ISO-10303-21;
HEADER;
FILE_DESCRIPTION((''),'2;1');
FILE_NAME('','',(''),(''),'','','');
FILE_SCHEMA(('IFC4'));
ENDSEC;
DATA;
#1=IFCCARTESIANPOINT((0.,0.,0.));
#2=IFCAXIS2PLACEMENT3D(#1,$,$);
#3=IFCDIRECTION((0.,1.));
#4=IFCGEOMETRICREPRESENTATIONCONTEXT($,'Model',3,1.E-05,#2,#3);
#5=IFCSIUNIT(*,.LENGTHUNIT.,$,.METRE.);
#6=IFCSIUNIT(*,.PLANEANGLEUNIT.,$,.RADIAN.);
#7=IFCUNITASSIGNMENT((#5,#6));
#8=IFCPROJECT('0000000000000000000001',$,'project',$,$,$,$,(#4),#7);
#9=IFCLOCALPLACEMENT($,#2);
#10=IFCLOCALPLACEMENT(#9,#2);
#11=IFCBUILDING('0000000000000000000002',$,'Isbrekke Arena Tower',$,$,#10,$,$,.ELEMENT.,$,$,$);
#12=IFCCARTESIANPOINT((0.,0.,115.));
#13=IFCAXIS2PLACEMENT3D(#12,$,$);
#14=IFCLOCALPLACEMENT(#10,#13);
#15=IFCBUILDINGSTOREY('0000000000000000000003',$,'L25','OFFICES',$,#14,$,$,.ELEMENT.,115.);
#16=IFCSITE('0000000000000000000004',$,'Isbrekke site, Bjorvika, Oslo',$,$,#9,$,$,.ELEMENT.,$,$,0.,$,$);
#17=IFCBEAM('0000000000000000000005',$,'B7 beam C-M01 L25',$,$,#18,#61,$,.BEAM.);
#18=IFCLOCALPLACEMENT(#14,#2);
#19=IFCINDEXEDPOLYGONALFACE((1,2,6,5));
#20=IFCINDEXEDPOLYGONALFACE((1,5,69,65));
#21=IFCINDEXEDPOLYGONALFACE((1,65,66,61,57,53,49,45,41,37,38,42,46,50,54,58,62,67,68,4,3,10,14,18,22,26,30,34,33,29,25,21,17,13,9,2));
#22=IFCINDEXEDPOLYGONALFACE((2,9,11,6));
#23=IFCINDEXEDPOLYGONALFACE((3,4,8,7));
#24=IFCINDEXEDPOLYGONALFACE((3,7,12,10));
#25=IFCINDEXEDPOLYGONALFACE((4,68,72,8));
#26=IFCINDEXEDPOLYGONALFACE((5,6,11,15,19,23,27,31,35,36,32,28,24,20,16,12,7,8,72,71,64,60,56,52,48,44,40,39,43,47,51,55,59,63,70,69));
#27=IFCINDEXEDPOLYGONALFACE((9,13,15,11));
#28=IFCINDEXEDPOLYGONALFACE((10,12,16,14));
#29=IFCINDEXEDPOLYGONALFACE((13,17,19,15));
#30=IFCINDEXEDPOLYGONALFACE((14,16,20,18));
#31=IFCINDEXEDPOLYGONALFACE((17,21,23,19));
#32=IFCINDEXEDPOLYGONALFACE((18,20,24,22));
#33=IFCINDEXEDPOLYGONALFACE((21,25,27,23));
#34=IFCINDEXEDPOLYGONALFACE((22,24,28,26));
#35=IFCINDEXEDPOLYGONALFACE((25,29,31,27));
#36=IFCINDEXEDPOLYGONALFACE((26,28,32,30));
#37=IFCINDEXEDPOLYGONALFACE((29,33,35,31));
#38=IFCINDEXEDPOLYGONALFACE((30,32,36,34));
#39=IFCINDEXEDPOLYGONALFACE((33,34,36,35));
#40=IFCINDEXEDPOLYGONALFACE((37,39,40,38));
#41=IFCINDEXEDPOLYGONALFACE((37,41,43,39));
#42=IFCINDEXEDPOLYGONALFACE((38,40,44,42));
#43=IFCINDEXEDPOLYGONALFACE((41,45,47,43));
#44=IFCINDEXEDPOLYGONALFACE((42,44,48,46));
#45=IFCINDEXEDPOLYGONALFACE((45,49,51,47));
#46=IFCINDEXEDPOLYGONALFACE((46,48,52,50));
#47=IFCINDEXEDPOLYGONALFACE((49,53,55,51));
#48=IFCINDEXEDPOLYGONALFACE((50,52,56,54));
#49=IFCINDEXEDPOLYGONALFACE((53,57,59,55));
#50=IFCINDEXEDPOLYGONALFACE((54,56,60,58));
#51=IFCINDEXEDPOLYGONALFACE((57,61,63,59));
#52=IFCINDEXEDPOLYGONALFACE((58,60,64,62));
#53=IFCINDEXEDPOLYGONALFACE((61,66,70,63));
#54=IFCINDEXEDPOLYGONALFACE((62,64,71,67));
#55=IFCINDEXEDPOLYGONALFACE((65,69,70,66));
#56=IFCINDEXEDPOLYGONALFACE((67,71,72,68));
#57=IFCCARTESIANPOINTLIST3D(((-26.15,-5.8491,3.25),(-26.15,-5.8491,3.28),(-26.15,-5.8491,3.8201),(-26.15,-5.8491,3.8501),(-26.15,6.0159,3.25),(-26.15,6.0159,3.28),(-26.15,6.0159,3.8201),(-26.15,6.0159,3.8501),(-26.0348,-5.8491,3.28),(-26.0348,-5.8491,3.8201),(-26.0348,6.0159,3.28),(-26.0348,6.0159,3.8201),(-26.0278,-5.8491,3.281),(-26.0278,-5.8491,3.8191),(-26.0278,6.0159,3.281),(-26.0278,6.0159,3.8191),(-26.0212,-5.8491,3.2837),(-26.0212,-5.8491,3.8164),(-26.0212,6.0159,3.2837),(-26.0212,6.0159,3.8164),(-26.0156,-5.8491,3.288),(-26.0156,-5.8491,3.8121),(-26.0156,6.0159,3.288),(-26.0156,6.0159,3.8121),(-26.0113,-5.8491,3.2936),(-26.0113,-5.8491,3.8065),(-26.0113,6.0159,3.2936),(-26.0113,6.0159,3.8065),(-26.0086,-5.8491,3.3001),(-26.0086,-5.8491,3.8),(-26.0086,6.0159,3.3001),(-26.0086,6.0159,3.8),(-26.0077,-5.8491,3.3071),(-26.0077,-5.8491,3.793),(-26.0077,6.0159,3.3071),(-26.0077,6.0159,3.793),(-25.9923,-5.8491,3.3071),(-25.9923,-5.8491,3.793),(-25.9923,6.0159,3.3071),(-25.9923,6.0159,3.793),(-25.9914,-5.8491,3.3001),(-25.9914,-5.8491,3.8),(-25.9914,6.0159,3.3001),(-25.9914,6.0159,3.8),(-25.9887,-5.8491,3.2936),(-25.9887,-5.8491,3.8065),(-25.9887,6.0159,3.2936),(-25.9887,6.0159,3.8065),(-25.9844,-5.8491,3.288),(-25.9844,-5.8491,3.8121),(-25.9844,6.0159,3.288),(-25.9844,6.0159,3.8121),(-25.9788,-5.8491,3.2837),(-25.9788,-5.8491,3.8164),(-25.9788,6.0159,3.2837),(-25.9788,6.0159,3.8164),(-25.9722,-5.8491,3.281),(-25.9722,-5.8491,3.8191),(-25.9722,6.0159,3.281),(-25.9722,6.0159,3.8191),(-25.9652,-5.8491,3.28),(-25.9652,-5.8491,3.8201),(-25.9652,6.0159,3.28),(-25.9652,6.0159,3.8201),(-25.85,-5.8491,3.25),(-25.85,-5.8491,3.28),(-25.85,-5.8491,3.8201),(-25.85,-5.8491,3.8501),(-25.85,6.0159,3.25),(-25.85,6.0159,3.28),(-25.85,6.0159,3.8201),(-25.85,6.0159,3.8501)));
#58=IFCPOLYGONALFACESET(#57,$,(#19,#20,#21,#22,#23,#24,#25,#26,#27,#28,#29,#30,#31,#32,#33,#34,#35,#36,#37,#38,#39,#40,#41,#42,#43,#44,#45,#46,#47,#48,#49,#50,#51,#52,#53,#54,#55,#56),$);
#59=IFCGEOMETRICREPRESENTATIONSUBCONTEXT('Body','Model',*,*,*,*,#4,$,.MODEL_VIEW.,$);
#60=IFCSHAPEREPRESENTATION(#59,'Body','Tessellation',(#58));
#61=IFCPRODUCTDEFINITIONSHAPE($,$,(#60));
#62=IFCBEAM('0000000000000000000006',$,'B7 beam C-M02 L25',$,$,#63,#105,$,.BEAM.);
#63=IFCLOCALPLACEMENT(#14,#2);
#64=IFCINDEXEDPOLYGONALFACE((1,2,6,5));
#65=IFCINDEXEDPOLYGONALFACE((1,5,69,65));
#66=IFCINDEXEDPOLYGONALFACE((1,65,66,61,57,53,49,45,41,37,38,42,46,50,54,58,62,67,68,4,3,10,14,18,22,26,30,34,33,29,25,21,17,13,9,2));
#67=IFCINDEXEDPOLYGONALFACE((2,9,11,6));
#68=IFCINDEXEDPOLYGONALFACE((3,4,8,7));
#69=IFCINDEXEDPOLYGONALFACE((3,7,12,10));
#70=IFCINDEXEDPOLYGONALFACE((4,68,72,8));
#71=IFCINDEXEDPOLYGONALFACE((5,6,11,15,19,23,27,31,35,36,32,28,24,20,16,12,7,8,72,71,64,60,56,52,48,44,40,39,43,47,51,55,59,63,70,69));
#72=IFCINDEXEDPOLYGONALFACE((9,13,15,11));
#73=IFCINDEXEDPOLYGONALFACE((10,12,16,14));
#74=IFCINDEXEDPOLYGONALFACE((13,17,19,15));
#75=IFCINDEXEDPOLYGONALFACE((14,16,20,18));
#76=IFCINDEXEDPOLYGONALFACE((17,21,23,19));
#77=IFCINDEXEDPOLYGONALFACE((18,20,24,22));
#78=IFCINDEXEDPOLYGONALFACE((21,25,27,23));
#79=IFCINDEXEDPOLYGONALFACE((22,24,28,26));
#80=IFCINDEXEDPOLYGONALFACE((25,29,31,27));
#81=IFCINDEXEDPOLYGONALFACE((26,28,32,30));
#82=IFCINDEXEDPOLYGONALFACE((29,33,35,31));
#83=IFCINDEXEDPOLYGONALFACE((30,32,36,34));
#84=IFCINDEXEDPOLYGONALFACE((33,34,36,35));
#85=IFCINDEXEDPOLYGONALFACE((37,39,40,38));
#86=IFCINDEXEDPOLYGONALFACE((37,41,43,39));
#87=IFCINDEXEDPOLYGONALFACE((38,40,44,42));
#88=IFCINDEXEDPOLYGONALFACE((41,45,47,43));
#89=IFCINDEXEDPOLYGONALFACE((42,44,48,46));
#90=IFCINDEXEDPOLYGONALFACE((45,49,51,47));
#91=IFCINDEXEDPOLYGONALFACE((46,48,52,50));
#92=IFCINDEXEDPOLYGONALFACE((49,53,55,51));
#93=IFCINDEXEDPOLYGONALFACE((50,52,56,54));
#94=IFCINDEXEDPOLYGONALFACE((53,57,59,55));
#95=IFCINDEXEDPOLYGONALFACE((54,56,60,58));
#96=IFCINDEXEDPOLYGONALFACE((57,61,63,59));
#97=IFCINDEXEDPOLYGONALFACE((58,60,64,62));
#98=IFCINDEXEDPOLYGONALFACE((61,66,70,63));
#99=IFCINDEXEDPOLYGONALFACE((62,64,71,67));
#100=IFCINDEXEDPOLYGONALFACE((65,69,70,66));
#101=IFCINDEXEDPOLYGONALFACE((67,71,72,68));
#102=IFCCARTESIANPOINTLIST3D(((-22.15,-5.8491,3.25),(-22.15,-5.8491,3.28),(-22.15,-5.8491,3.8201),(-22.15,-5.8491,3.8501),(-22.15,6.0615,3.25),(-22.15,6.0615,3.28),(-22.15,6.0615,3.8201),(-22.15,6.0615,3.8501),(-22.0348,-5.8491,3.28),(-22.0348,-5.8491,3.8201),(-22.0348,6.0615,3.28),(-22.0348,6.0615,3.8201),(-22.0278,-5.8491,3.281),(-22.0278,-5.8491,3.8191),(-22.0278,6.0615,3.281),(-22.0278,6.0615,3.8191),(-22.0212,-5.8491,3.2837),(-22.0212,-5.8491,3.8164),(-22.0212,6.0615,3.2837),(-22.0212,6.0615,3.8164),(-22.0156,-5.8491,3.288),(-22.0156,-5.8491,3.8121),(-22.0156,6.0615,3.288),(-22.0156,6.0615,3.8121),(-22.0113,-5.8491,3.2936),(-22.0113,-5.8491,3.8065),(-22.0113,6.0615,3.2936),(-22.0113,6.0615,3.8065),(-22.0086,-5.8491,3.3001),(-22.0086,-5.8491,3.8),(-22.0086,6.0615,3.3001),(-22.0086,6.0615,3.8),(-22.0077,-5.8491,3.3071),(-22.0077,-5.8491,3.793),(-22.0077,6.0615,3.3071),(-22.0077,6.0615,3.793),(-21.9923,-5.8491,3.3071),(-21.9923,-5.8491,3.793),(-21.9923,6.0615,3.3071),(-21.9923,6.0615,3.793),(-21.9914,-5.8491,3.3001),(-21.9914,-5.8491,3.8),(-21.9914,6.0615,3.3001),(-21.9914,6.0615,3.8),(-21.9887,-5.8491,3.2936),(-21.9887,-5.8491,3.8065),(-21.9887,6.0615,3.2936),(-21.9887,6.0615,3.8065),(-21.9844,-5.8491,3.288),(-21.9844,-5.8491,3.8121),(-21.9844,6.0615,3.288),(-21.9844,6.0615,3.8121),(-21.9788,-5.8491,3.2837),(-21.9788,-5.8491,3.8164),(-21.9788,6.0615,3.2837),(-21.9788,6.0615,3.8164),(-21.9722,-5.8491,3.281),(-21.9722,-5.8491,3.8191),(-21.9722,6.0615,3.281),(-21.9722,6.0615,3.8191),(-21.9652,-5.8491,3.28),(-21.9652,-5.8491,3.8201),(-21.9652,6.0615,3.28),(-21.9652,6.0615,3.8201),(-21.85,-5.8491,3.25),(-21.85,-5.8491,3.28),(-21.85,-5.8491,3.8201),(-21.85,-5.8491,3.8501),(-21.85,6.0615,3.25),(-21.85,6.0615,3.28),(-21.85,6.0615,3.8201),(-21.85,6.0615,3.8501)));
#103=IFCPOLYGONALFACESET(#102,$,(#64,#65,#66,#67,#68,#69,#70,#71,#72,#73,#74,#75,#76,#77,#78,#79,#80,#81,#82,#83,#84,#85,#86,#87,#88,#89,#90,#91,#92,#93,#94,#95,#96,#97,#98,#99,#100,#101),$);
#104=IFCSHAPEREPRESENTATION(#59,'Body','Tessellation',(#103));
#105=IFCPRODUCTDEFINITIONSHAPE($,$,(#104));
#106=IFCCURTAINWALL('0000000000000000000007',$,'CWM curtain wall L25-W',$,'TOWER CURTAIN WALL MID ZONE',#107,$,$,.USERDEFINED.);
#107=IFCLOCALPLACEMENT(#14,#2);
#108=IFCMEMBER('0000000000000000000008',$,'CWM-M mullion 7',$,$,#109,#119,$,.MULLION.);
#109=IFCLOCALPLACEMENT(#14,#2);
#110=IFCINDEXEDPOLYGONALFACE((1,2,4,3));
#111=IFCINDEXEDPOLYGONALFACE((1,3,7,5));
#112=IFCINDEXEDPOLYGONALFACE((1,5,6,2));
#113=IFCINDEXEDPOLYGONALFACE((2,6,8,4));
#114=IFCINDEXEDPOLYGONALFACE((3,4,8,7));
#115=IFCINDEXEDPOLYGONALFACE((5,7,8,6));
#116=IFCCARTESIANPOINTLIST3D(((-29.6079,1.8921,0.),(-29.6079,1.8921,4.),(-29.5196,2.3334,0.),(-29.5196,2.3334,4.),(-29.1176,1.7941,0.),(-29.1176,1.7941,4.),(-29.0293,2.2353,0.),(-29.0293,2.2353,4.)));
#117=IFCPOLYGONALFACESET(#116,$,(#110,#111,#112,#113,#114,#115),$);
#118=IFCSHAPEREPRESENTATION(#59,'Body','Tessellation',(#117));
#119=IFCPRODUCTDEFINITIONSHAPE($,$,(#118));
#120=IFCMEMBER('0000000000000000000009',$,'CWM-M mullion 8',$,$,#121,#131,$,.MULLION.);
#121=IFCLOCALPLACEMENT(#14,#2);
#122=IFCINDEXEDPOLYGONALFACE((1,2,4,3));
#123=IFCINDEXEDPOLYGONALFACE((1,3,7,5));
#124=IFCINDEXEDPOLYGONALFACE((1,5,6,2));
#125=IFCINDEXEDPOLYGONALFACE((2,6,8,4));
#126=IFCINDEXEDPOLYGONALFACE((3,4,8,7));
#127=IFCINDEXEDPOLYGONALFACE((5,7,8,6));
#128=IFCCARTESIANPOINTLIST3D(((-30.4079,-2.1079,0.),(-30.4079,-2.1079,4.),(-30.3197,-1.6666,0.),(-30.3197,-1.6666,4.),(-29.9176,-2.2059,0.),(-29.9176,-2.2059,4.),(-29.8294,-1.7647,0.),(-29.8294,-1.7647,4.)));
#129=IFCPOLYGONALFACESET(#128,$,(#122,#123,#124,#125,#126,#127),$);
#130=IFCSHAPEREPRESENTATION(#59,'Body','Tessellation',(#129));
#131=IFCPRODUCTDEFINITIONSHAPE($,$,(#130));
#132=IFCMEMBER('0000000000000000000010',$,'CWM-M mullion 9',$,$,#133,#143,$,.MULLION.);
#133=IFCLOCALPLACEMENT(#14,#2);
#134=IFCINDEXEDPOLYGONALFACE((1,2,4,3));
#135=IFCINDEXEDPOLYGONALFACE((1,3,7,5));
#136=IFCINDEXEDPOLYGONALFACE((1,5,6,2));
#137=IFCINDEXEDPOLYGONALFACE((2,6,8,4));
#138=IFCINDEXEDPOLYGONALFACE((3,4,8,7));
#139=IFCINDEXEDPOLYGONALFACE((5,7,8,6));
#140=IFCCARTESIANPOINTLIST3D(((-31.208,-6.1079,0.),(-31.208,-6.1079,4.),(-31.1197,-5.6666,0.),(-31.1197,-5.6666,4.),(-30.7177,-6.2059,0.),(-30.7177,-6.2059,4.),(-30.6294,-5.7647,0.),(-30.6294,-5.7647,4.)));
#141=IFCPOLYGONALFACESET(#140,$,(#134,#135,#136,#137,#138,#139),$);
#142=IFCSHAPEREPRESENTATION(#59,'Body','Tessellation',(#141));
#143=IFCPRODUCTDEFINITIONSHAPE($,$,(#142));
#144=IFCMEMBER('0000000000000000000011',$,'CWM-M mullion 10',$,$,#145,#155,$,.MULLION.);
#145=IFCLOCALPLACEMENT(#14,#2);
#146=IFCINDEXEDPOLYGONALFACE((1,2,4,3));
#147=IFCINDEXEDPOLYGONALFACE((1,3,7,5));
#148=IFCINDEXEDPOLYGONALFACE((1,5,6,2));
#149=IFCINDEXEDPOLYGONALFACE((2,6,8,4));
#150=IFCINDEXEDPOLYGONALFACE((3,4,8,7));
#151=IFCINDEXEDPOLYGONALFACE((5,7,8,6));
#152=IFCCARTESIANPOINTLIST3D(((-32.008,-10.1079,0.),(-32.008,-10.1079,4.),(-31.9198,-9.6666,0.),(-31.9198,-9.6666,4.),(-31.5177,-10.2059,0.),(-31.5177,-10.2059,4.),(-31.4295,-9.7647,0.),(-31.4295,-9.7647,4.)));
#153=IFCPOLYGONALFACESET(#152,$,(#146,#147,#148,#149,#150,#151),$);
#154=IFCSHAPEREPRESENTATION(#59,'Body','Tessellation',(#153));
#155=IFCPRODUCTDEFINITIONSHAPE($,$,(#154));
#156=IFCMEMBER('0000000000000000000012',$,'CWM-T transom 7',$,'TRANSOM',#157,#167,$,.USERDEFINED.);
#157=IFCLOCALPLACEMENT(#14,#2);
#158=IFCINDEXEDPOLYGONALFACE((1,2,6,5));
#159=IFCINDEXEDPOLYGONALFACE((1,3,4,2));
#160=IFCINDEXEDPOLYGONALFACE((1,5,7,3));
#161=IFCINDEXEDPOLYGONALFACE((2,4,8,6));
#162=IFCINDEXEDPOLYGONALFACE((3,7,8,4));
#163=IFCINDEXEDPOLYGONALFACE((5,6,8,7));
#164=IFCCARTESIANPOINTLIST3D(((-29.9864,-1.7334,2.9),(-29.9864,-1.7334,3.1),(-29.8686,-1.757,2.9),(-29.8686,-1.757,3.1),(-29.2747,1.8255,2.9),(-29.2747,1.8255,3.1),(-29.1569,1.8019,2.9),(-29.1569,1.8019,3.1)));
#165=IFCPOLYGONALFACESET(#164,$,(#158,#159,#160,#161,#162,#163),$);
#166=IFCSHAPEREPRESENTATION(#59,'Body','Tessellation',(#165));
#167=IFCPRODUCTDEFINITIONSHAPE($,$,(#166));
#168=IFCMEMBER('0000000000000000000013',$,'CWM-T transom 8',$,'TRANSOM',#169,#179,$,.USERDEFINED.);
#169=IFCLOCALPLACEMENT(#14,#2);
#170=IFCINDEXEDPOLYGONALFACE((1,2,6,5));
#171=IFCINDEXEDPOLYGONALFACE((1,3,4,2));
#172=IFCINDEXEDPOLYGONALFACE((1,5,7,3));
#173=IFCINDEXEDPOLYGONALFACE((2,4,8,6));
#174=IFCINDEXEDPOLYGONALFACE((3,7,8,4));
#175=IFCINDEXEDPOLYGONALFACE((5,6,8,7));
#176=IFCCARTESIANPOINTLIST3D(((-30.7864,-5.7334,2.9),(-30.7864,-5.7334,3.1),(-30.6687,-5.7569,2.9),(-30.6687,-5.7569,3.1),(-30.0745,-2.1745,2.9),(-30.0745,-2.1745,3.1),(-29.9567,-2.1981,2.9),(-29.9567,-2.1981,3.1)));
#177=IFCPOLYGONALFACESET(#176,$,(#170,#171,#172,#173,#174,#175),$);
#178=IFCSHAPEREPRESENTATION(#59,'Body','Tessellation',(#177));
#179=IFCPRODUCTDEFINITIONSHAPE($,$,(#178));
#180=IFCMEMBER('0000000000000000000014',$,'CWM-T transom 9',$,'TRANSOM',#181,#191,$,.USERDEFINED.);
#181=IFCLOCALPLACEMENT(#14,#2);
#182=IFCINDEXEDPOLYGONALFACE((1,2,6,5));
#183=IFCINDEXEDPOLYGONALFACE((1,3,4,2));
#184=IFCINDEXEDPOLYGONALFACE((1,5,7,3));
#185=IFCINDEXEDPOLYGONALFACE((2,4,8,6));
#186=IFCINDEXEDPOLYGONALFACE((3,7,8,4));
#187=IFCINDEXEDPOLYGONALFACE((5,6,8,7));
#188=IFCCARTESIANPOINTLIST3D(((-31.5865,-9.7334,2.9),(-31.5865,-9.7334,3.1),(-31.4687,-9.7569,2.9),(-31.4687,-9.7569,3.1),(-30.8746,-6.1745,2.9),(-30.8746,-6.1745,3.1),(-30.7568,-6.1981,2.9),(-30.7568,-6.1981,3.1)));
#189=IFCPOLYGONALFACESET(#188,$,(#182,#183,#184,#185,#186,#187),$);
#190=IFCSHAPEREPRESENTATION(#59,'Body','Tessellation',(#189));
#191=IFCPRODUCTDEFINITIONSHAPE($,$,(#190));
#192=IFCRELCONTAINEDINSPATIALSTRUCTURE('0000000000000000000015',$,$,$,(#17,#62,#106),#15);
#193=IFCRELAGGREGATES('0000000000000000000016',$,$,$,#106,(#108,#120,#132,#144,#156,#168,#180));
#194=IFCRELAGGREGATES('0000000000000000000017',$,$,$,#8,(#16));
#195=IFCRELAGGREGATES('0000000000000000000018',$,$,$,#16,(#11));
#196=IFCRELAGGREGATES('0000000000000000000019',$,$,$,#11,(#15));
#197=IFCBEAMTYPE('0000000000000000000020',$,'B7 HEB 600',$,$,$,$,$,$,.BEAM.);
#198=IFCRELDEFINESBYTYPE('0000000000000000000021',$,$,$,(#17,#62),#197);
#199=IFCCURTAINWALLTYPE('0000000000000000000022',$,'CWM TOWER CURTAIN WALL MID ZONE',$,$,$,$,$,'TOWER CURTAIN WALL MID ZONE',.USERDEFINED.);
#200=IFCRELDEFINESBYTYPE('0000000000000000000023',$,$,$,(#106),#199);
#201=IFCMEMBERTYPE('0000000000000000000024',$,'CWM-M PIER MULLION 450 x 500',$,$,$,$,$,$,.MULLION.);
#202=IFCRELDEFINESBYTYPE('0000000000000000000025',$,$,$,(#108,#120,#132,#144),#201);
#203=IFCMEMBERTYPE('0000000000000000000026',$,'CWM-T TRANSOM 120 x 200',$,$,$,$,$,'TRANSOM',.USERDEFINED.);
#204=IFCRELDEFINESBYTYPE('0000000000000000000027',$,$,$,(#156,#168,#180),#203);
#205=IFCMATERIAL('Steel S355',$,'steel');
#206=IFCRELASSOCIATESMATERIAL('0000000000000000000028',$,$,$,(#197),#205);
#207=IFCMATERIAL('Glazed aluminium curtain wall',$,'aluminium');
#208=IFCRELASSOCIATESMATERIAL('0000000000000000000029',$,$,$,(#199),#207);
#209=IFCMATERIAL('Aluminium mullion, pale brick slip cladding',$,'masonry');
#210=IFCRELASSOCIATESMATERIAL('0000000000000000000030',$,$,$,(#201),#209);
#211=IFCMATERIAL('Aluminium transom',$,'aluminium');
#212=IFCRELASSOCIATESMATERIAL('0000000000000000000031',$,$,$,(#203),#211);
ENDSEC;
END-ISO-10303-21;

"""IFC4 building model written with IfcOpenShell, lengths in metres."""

from ifc_helpers import new_model, si_unit, direction, frame, origin, origin_2d, place, context, subcontext, project, spatial, rectangle, i_section, extrude, material, material_profile, profile_set, type_object, element, aggregate, save


model = new_model("IFC4")

# Units and contexts
model_context = context("Model", 3, precision=1e-05, world=origin(), true_north=direction((0.0, 1.0)))
body_context = subcontext(model_context, "Body", "Model", "MODEL_VIEW")
ifc_project = project(units=[si_unit("LENGTHUNIT", "METRE"), si_unit("PLANEANGLEUNIT", "RADIAN")], contexts=[model_context])

# Site, building, storey
site_placement = place(None, origin())
site = spatial("IfcSite", under=ifc_project, at=site_placement, Name="Isbrekke site, Bjorvika, Oslo", CompositionType="ELEMENT", RefElevation=0.0)
building_placement = place(site_placement, origin())
building = spatial("IfcBuilding", under=site, at=building_placement, Name="Isbrekke Arena Tower", CompositionType="ELEMENT")
storey_placement = place(building_placement, frame((0.0, 0.0, 115.0)))
storey = spatial("IfcBuildingStorey", under=building, at=storey_placement, Name="L25", Description="OFFICES", CompositionType="ELEMENT", Elevation=115.0)

# Beams
ifc_material_1 = material(Name="Steel S355", Category="steel")
ifc_material_profile_1 = material_profile(ifc_material_1, i_section(OverallWidth=0.3, OverallDepth=0.6001, WebThickness=0.0154, FlangeThickness=0.03, FilletRadius=0.0271, at=origin_2d()), Name="HEB 600")
ifc_profile_set_1 = profile_set([ifc_material_profile_1], Name="Steel S355")
beam_type_1 = type_object("IfcBeamType", Name="B7 HEB 600", PredefinedType="BEAM", material=ifc_profile_set_1)
beam_1_placement = place(storey_placement, frame((-26.0, -5.8491, 3.55), z_axis=(0.0, 1.0, 0.0), x_axis=(-1.0, 0.0, 0.0)))
element("IfcBeam", 1, at=beam_1_placement, inside=storey, type_object=beam_type_1, Name="B7 beam C-M01 L25", PredefinedType="BEAM", context=body_context, shape_type="SweptSolid", body=[
    extrude(i_section(OverallWidth=0.3, OverallDepth=0.6001, WebThickness=0.0154, FlangeThickness=0.03, FilletRadius=0.0271, at=origin_2d()), origin(), (0.0, 0.0, 1.0), 11.865),
])
beam_2_placement = place(storey_placement, frame((-22.0, -5.8491, 3.55), z_axis=(0.0, 1.0, 0.0), x_axis=(-1.0, 0.0, 0.0)))
element("IfcBeam", 2, at=beam_2_placement, inside=storey, type_object=beam_type_1, Name="B7 beam C-M02 L25", PredefinedType="BEAM", context=body_context, shape_type="SweptSolid", body=[
    extrude(i_section(OverallWidth=0.3, OverallDepth=0.6001, WebThickness=0.0154, FlangeThickness=0.03, FilletRadius=0.0271, at=origin_2d()), origin(), (0.0, 0.0, 1.0), 11.9106),
])

# Curtain wall, members
ifc_material_2 = material(Name="Glazed aluminium curtain wall", Category="aluminium")
curtain_wall_type = type_object("IfcCurtainWallType", Name="CWM TOWER CURTAIN WALL MID ZONE", ElementType="TOWER CURTAIN WALL MID ZONE", PredefinedType="USERDEFINED", material=ifc_material_2)
curtain_wall_placement = place(storey_placement, origin())
curtain_wall = element("IfcCurtainWall", 3, at=curtain_wall_placement, inside=storey, type_object=curtain_wall_type, Name="CWM curtain wall L25-W", ObjectType="TOWER CURTAIN WALL MID ZONE", PredefinedType="USERDEFINED")
ifc_material_3 = material(Name="Aluminium mullion, pale brick slip cladding", Category="masonry")
ifc_material_profile_2 = material_profile(ifc_material_3, rectangle(XDim=0.45, YDim=0.5, at=origin_2d()), Name="PIER 450X500")
ifc_profile_set_2 = profile_set([ifc_material_profile_2], Name="Aluminium mullion, pale brick slip cladding")
member_type_1 = type_object("IfcMemberType", Name="CWM-M PIER MULLION 450 x 500", PredefinedType="MULLION", material=ifc_profile_set_2)
member_1_placement = place(storey_placement, frame((-29.3186, 2.0637, 0.0), z_axis=(0.0, 0.0, 1.0), x_axis=(-0.196116, -0.980581, 0.0)))
member_1 = element("IfcMember", 4, at=member_1_placement, type_object=member_type_1, Name="CWM-M mullion 7", PredefinedType="MULLION", context=body_context, shape_type="SweptSolid", body=[
    extrude(rectangle(XDim=0.45, YDim=0.5, at=origin_2d()), origin(), (0.0, 0.0, 1.0), 4.0),
])
member_2_placement = place(storey_placement, frame((-30.1187, -1.9363, 0.0), z_axis=(0.0, 0.0, 1.0), x_axis=(-0.196116, -0.980581, 0.0)))
member_2 = element("IfcMember", 5, at=member_2_placement, type_object=member_type_1, Name="CWM-M mullion 8", PredefinedType="MULLION", context=body_context, shape_type="SweptSolid", body=[
    extrude(rectangle(XDim=0.45, YDim=0.5, at=origin_2d()), origin(), (0.0, 0.0, 1.0), 4.0),
])
member_3_placement = place(storey_placement, frame((-30.9187, -5.9363, 0.0), z_axis=(0.0, 0.0, 1.0), x_axis=(-0.196116, -0.980581, 0.0)))
member_3 = element("IfcMember", 6, at=member_3_placement, type_object=member_type_1, Name="CWM-M mullion 9", PredefinedType="MULLION", context=body_context, shape_type="SweptSolid", body=[
    extrude(rectangle(XDim=0.45, YDim=0.5, at=origin_2d()), origin(), (0.0, 0.0, 1.0), 4.0),
])
member_4_placement = place(storey_placement, frame((-31.7188, -9.9363, 0.0), z_axis=(0.0, 0.0, 1.0), x_axis=(-0.196116, -0.980581, 0.0)))
member_4 = element("IfcMember", 7, at=member_4_placement, type_object=member_type_1, Name="CWM-M mullion 10", PredefinedType="MULLION", context=body_context, shape_type="SweptSolid", body=[
    extrude(rectangle(XDim=0.45, YDim=0.5, at=origin_2d()), origin(), (0.0, 0.0, 1.0), 4.0),
])
ifc_material_4 = material(Name="Aluminium transom", Category="aluminium")
ifc_material_profile_3 = material_profile(ifc_material_4, rectangle(XDim=0.1201, YDim=0.2, at=origin_2d()), Name="TRANSOM 120X200")
ifc_profile_set_3 = profile_set([ifc_material_profile_3], Name="Aluminium transom")
member_type_2 = type_object("IfcMemberType", Name="CWM-T TRANSOM 120 x 200", ElementType="TRANSOM", PredefinedType="USERDEFINED", material=ifc_profile_set_3)
member_5_placement = place(storey_placement, frame((-29.2158, 1.8137, 3.0), z_axis=(-0.19609, -0.980586, 0.0), x_axis=(0.980586, -0.19609, 0.0)))
member_5 = element("IfcMember", 8, at=member_5_placement, type_object=member_type_2, Name="CWM-T transom 7", ObjectType="TRANSOM", PredefinedType="USERDEFINED", context=body_context, shape_type="SweptSolid", body=[
    extrude(rectangle(XDim=0.1201, YDim=0.2, at=origin_2d()), origin(), (0.0, 0.0, 1.0), 3.6294),
])
member_6_placement = place(storey_placement, frame((-30.0156, -2.1863, 3.0), z_axis=(-0.196155, -0.980573, 0.0), x_axis=(0.980573, -0.196155, 0.0)))
member_6 = element("IfcMember", 9, at=member_6_placement, type_object=member_type_2, Name="CWM-T transom 8", ObjectType="TRANSOM", PredefinedType="USERDEFINED", context=body_context, shape_type="SweptSolid", body=[
    extrude(rectangle(XDim=0.1201, YDim=0.2, at=origin_2d()), origin(), (0.0, 0.0, 1.0), 3.6294),
])
member_7_placement = place(storey_placement, frame((-30.8157, -6.1863, 3.0), z_axis=(-0.196155, -0.980573, 0.0), x_axis=(0.980573, -0.196155, 0.0)))
member_7 = element("IfcMember", 10, at=member_7_placement, type_object=member_type_2, Name="CWM-T transom 9", ObjectType="TRANSOM", PredefinedType="USERDEFINED", context=body_context, shape_type="SweptSolid", body=[
    extrude(rectangle(XDim=0.1201, YDim=0.2, at=origin_2d()), origin(), (0.0, 0.0, 1.0), 3.6294),
])

aggregate(curtain_wall, [member_1, member_2, member_3, member_4, member_5, member_6, member_7])

save(model, "model.ifc")
